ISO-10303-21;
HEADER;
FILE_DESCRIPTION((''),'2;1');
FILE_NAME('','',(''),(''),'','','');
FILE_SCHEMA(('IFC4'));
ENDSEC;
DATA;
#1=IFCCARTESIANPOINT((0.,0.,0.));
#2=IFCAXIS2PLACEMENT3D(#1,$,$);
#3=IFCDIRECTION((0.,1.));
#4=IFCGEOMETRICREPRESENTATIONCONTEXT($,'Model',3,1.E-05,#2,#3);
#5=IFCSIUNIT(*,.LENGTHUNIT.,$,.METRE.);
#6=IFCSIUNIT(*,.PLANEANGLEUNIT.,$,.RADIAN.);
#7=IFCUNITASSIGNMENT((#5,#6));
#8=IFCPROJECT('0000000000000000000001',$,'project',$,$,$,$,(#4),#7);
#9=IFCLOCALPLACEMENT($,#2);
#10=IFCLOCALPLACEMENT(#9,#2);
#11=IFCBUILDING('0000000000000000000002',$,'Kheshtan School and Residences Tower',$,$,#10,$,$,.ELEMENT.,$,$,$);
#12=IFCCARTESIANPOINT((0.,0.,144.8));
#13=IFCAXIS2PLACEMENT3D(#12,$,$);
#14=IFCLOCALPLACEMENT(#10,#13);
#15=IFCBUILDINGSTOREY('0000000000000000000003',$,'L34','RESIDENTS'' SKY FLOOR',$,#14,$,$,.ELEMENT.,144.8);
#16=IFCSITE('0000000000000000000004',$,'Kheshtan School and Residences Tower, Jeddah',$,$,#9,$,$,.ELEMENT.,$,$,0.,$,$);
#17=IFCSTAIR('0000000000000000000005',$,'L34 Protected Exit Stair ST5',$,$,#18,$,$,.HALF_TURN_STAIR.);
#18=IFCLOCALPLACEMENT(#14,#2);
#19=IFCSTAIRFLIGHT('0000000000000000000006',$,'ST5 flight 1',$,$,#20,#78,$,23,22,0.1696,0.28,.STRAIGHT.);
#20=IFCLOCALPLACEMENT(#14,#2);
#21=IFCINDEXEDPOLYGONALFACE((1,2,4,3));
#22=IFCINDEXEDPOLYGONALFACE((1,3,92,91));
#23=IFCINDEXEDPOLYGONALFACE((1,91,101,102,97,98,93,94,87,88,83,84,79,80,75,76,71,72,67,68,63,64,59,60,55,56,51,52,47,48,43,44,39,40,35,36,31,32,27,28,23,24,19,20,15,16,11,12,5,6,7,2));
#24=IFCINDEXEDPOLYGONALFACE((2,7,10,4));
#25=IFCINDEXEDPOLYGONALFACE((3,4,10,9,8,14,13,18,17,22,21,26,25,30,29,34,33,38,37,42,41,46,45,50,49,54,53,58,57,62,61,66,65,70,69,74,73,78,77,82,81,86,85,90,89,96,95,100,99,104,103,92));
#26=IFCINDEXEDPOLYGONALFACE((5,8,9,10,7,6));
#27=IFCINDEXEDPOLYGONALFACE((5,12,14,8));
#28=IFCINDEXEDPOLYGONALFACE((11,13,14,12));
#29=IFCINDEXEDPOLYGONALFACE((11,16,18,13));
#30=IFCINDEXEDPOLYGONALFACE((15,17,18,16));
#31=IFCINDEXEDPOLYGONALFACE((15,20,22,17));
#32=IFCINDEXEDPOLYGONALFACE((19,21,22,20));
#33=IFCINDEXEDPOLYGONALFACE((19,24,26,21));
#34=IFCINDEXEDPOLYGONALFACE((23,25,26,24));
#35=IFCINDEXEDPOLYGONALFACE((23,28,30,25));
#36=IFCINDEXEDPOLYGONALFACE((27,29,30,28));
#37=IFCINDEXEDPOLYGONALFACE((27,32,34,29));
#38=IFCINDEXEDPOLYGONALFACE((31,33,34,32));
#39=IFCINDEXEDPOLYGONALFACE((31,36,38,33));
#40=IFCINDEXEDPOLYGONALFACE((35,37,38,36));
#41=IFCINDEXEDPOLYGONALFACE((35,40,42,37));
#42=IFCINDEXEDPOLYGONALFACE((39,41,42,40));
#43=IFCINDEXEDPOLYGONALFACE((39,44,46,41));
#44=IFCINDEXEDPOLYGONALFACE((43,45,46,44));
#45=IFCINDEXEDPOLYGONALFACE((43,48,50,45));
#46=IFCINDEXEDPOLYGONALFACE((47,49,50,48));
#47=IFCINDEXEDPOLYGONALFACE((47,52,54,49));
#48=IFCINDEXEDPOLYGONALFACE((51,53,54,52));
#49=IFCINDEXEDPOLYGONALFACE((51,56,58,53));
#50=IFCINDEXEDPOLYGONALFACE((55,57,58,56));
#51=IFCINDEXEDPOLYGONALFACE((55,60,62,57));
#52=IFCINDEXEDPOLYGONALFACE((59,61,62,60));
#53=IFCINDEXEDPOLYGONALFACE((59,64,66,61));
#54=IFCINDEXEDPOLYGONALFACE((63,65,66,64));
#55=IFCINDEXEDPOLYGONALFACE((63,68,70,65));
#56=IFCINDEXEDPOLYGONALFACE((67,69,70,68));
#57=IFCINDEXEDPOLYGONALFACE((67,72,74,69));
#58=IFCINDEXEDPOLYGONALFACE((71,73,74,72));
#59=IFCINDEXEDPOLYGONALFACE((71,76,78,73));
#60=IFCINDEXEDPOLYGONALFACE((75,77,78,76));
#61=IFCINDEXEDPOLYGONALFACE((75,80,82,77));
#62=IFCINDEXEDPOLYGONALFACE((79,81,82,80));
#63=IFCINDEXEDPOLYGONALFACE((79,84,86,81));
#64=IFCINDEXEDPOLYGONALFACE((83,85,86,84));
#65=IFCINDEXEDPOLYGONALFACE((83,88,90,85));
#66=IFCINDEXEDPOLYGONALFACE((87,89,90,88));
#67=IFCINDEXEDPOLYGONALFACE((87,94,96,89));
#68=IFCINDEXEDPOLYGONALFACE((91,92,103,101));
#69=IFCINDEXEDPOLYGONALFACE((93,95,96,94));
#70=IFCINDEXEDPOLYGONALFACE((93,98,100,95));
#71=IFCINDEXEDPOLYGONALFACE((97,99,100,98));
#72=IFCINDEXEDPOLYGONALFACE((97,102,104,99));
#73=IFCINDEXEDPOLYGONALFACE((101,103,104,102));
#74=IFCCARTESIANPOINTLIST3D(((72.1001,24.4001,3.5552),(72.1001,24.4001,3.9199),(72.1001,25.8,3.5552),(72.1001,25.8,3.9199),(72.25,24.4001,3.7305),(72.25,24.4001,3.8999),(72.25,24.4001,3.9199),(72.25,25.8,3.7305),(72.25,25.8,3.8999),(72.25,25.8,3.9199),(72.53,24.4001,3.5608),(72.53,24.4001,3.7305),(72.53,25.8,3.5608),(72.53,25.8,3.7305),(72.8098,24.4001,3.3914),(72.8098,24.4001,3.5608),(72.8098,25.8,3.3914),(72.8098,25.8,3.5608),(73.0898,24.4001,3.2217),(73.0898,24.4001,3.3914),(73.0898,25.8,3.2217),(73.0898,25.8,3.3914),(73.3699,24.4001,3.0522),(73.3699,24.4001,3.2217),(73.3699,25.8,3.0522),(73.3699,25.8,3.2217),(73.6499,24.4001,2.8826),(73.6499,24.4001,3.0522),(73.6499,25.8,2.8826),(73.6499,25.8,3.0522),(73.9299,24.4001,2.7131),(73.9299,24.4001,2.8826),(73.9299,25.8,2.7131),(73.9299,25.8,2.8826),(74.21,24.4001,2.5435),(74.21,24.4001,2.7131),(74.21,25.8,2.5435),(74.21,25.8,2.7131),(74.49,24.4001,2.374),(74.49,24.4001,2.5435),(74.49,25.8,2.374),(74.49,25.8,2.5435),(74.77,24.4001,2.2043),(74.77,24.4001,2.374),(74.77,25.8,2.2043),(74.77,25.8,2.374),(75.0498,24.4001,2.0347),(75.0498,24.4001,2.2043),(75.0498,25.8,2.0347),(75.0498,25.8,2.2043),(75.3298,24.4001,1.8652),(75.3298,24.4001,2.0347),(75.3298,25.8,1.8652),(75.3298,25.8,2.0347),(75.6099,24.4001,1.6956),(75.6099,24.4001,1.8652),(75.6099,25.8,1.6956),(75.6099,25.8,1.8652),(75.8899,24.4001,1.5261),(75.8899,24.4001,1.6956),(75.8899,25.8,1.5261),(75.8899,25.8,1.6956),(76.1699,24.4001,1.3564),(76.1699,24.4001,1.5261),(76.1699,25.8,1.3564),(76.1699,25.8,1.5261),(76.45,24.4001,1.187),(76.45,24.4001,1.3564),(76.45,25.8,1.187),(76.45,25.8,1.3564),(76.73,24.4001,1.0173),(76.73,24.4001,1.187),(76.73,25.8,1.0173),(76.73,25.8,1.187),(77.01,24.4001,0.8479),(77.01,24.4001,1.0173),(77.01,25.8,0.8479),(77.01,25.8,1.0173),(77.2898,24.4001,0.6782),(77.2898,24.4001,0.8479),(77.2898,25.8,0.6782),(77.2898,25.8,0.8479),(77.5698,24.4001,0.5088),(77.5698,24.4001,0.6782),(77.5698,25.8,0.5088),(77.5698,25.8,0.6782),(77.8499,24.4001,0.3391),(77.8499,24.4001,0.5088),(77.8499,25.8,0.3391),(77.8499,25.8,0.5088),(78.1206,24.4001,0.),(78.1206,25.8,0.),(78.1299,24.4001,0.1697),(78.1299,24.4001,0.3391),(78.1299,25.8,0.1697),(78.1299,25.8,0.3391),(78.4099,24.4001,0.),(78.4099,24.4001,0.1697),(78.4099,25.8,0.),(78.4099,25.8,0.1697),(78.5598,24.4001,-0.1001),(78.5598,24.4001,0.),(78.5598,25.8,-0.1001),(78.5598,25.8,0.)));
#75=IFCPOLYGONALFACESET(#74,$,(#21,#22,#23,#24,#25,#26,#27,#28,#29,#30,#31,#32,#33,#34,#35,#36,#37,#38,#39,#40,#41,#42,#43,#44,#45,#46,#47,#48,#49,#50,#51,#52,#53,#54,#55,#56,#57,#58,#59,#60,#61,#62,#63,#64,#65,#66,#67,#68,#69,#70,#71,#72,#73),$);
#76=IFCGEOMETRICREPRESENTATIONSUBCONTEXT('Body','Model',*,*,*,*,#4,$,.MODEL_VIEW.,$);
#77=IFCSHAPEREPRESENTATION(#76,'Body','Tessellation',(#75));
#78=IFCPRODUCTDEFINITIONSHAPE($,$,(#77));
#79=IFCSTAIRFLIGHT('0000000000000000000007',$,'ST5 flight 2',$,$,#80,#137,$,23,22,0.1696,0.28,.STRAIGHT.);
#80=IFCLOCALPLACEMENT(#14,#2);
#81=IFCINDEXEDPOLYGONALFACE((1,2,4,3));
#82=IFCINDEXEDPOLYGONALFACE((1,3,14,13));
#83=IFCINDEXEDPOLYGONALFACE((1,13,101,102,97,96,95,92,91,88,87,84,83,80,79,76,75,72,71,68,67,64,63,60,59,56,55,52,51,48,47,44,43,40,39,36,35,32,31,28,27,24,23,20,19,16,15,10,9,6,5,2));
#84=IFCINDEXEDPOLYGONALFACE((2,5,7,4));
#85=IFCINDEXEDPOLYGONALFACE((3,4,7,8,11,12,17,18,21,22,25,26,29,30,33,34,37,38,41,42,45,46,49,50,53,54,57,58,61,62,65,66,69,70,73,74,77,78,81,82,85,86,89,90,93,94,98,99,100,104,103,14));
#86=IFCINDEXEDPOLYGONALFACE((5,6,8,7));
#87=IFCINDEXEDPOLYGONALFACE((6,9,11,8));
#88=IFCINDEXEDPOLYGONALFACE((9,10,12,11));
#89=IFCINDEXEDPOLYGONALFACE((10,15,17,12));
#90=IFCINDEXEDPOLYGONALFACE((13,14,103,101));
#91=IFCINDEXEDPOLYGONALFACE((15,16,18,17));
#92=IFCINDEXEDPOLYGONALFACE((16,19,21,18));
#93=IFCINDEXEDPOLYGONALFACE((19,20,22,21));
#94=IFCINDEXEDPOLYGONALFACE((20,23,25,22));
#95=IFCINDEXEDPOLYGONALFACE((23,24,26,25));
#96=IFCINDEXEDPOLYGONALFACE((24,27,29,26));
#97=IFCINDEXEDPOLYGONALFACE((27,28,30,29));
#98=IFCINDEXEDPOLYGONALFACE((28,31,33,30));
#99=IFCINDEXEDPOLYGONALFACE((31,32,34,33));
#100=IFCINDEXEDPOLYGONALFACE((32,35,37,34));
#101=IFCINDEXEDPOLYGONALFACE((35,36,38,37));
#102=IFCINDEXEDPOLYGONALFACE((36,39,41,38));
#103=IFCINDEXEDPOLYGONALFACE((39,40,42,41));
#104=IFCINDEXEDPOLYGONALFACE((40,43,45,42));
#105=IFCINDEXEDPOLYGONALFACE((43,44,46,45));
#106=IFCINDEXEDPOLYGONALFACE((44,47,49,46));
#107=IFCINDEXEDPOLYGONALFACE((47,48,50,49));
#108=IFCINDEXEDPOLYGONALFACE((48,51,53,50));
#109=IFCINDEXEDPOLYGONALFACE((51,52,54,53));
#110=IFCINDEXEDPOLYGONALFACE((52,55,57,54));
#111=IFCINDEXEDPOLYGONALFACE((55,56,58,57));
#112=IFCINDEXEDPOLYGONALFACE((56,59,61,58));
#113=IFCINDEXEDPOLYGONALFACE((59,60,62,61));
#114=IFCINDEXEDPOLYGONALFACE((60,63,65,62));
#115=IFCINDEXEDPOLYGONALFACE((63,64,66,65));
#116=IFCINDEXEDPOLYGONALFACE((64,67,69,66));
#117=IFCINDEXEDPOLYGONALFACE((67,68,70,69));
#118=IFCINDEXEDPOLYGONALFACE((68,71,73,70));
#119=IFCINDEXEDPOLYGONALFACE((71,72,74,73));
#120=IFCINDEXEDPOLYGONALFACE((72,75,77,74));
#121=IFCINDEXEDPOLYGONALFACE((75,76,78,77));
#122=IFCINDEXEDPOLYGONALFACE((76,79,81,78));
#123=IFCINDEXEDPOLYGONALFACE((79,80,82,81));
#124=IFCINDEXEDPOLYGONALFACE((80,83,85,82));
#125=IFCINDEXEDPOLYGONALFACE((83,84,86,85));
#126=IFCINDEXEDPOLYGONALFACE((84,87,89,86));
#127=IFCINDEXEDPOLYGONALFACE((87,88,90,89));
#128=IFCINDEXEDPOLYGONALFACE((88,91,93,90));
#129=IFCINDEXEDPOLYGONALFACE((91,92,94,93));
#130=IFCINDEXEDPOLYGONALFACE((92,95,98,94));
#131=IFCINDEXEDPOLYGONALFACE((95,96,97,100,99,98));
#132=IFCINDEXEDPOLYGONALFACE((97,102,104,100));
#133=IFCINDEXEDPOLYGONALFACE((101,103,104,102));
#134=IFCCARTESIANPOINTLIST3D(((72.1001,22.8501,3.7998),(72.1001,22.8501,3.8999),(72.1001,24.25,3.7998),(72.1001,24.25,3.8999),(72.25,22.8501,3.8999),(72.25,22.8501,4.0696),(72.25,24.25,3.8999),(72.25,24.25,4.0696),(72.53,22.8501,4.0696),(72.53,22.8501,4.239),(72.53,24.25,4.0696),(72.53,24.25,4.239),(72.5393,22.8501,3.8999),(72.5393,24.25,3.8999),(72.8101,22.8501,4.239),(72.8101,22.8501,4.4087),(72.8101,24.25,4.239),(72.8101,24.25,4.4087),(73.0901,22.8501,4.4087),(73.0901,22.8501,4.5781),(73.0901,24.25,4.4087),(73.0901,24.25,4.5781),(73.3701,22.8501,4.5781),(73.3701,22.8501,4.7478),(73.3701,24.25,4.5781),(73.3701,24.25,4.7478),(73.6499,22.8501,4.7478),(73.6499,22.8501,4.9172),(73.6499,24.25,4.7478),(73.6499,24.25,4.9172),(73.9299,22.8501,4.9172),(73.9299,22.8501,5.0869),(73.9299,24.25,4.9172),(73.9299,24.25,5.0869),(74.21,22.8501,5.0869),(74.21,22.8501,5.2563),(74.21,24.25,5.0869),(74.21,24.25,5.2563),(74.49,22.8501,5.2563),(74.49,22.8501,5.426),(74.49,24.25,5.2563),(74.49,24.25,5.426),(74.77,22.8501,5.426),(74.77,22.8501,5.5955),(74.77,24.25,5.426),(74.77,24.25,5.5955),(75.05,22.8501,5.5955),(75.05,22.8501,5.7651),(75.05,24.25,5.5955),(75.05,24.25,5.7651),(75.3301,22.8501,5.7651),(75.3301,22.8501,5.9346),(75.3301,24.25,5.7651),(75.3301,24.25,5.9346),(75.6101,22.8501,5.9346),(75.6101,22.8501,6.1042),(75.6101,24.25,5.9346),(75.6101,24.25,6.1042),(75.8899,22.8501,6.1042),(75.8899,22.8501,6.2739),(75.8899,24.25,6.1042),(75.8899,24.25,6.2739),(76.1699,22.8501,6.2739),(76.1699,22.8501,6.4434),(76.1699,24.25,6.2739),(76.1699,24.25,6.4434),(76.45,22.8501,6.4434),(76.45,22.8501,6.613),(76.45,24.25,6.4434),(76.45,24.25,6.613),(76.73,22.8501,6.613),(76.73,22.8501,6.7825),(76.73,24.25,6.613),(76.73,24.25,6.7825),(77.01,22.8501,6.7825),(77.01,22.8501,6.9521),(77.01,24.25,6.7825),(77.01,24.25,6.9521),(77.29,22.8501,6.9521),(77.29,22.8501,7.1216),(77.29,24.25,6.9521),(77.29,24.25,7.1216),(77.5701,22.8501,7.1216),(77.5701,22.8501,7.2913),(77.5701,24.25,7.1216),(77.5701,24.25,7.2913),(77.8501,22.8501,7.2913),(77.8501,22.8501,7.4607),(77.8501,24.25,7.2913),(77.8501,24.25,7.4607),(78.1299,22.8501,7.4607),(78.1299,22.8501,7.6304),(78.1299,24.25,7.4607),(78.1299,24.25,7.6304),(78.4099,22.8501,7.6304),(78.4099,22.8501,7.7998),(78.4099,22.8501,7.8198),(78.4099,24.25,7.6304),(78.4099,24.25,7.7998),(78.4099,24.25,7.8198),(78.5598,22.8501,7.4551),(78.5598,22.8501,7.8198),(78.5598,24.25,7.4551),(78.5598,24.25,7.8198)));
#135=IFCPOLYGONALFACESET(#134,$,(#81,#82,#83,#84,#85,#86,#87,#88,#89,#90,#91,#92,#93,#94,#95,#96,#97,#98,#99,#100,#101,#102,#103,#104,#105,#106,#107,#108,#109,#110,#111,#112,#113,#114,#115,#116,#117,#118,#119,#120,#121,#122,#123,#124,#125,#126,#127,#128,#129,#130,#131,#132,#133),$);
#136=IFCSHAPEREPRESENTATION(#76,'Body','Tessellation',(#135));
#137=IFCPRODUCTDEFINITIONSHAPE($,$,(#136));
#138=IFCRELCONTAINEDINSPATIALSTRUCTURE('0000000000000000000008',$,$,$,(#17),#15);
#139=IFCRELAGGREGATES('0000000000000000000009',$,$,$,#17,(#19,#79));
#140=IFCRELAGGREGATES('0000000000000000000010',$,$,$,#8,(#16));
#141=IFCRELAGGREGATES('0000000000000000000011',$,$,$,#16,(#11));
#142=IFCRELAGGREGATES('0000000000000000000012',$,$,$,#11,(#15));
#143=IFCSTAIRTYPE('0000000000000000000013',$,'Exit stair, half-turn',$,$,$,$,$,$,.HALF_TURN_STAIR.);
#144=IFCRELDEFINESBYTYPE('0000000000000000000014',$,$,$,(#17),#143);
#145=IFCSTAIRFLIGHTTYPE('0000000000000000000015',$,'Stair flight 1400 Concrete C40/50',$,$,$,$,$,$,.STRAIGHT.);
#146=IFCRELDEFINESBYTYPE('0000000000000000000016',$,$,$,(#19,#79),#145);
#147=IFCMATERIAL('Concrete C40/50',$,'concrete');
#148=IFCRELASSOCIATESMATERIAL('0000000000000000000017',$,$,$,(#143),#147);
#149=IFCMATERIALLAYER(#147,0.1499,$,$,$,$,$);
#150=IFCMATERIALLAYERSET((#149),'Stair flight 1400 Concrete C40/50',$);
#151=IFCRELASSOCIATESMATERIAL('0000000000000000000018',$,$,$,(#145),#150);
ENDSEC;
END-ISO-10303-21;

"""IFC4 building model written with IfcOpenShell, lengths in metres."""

from ifc_helpers import new_model, si_unit, direction, frame, origin, place, context, subcontext, project, spatial, polyline, outline, extrude, material, layer, layer_set, type_object, element, aggregate, save


model = new_model("IFC4")

# Units and contexts
model_context = context("Model", 3, precision=1e-05, world=origin(), true_north=direction((0.0, 1.0)))
body_context = subcontext(model_context, "Body", "Model", "MODEL_VIEW")
ifc_project = project(units=[si_unit("LENGTHUNIT", "METRE"), si_unit("PLANEANGLEUNIT", "RADIAN")], contexts=[model_context])

# Site, building, storey
site_placement = place(None, origin())
site = spatial("IfcSite", under=ifc_project, at=site_placement, Name="Kheshtan School and Residences Tower, Jeddah", CompositionType="ELEMENT", RefElevation=0.0)
building_placement = place(site_placement, origin())
building = spatial("IfcBuilding", under=site, at=building_placement, Name="Kheshtan School and Residences Tower", CompositionType="ELEMENT")
storey_placement = place(building_placement, frame((0.0, 0.0, 144.8)))
storey = spatial("IfcBuildingStorey", under=building, at=storey_placement, Name="L34", Description="RESIDENTS' SKY FLOOR", CompositionType="ELEMENT", Elevation=144.8)

# Shared definitions
ifc_material_1 = material(Name="Concrete C40/50", Category="concrete")

# Stair, stair flights
stair_type = type_object("IfcStairType", Name="Exit stair, half-turn", PredefinedType="HALF_TURN_STAIR", material=ifc_material_1)
stair_placement = place(storey_placement, origin())
stair = element("IfcStair", 1, at=stair_placement, inside=storey, type_object=stair_type, Name="L34 Protected Exit Stair ST5", PredefinedType="HALF_TURN_STAIR")
ifc_layer_1 = layer(ifc_material_1, 0.1499)
ifc_layer_set_1 = layer_set([ifc_layer_1], Name="Stair flight 1400 Concrete C40/50")
stair_flight_type = type_object("IfcStairFlightType", Name="Stair flight 1400 Concrete C40/50", PredefinedType="STRAIGHT", material=ifc_layer_set_1)
stair_flight_1_placement = place(storey_placement, frame((78.4099, 25.1001, 0.0), z_axis=(0.0, 0.0, 1.0), x_axis=(-1.0, 0.0, 0.0)))
stair_flight_1 = element("IfcStairFlight", 2, at=stair_flight_1_placement, type_object=stair_flight_type, Name="ST5 flight 1", NumberOfRisers=23, NumberOfTreads=22, PredefinedType="STRAIGHT", RiserHeight=0.1696, TreadLength=0.28, context=body_context, shape_type="SweptSolid", body=[
    extrude(outline(polyline([(-0.1499, -0.1001), (-0.1499, 0.0), (0.0, 0.0), (0.0, 0.1697), (0.28, 0.1697), (0.28, 0.3391), (0.5601, 0.3391), (0.5601, 0.5088), (0.8401, 0.5088), (0.8401, 0.6782), (1.1201, 0.6782), (1.1201, 0.8479), (1.3999, 0.8479), (1.3999, 1.0173), (1.6799, 1.0173), (1.6799, 1.187), (1.96, 1.187), (1.96, 1.3564), (2.24, 1.3564), (2.24, 1.5261), (2.52, 1.5261), (2.52, 1.6956), (2.8, 1.6956), (2.8, 1.8652), (3.0801, 1.8652), (3.0801, 2.0347), (3.3601, 2.0347), (3.3601, 2.2043), (3.6399, 2.2043), (3.6399, 2.374), (3.9199, 2.374), (3.9199, 2.5435), (4.2, 2.5435), (4.2, 2.7131), (4.48, 2.7131), (4.48, 2.8826), (4.76, 2.8826), (4.76, 3.0522), (5.04, 3.0522), (5.04, 3.2217), (5.3201, 3.2217), (5.3201, 3.3914), (5.6001, 3.3914), (5.6001, 3.5608), (5.8799, 3.5608), (5.8799, 3.7305), (6.1599, 3.7305), (6.1599, 3.8999), (6.1599, 3.9199), (6.3098, 3.9199), (6.3098, 3.5552), (0.2893, 0.0), (-0.1499, -0.1001)])), frame((0.0, 0.7, 0.0), z_axis=(0.0, -1.0, 0.0), x_axis=(1.0, 0.0, 0.0)), (0.0, 0.0, 1.0), 1.3999),
])
stair_flight_2_placement = place(storey_placement, frame((72.25, 23.55, 3.8999), z_axis=(0.0, 0.0, 1.0), x_axis=(1.0, 0.0, 0.0)))
stair_flight_2 = element("IfcStairFlight", 3, at=stair_flight_2_placement, type_object=stair_flight_type, Name="ST5 flight 2", NumberOfRisers=23, NumberOfTreads=22, PredefinedType="STRAIGHT", RiserHeight=0.1696, TreadLength=0.28, context=body_context, shape_type="SweptSolid", body=[
    extrude(outline(polyline([(-0.1499, -0.1001), (-0.1499, 0.0), (0.0, 0.0), (0.0, 0.1697), (0.28, 0.1697), (0.28, 0.3391), (0.5601, 0.3391), (0.5601, 0.5088), (0.8401, 0.5088), (0.8401, 0.6782), (1.1201, 0.6782), (1.1201, 0.8479), (1.3999, 0.8479), (1.3999, 1.0173), (1.6799, 1.0173), (1.6799, 1.187), (1.96, 1.187), (1.96, 1.3564), (2.24, 1.3564), (2.24, 1.5261), (2.52, 1.5261), (2.52, 1.6956), (2.8, 1.6956), (2.8, 1.8652), (3.0801, 1.8652), (3.0801, 2.0347), (3.3601, 2.0347), (3.3601, 2.2043), (3.6399, 2.2043), (3.6399, 2.374), (3.9199, 2.374), (3.9199, 2.5435), (4.2, 2.5435), (4.2, 2.7131), (4.48, 2.7131), (4.48, 2.8826), (4.76, 2.8826), (4.76, 3.0522), (5.04, 3.0522), (5.04, 3.2217), (5.3201, 3.2217), (5.3201, 3.3914), (5.6001, 3.3914), (5.6001, 3.5608), (5.8799, 3.5608), (5.8799, 3.7305), (6.1599, 3.7305), (6.1599, 3.8999), (6.1599, 3.9199), (6.3098, 3.9199), (6.3098, 3.5552), (0.2893, 0.0), (-0.1499, -0.1001)])), frame((0.0, 0.7, 0.0), z_axis=(0.0, -1.0, 0.0), x_axis=(1.0, 0.0, 0.0)), (0.0, 0.0, 1.0), 1.3999),
])
aggregate(stair, [stair_flight_1, stair_flight_2])

save(model, "model.ifc")
